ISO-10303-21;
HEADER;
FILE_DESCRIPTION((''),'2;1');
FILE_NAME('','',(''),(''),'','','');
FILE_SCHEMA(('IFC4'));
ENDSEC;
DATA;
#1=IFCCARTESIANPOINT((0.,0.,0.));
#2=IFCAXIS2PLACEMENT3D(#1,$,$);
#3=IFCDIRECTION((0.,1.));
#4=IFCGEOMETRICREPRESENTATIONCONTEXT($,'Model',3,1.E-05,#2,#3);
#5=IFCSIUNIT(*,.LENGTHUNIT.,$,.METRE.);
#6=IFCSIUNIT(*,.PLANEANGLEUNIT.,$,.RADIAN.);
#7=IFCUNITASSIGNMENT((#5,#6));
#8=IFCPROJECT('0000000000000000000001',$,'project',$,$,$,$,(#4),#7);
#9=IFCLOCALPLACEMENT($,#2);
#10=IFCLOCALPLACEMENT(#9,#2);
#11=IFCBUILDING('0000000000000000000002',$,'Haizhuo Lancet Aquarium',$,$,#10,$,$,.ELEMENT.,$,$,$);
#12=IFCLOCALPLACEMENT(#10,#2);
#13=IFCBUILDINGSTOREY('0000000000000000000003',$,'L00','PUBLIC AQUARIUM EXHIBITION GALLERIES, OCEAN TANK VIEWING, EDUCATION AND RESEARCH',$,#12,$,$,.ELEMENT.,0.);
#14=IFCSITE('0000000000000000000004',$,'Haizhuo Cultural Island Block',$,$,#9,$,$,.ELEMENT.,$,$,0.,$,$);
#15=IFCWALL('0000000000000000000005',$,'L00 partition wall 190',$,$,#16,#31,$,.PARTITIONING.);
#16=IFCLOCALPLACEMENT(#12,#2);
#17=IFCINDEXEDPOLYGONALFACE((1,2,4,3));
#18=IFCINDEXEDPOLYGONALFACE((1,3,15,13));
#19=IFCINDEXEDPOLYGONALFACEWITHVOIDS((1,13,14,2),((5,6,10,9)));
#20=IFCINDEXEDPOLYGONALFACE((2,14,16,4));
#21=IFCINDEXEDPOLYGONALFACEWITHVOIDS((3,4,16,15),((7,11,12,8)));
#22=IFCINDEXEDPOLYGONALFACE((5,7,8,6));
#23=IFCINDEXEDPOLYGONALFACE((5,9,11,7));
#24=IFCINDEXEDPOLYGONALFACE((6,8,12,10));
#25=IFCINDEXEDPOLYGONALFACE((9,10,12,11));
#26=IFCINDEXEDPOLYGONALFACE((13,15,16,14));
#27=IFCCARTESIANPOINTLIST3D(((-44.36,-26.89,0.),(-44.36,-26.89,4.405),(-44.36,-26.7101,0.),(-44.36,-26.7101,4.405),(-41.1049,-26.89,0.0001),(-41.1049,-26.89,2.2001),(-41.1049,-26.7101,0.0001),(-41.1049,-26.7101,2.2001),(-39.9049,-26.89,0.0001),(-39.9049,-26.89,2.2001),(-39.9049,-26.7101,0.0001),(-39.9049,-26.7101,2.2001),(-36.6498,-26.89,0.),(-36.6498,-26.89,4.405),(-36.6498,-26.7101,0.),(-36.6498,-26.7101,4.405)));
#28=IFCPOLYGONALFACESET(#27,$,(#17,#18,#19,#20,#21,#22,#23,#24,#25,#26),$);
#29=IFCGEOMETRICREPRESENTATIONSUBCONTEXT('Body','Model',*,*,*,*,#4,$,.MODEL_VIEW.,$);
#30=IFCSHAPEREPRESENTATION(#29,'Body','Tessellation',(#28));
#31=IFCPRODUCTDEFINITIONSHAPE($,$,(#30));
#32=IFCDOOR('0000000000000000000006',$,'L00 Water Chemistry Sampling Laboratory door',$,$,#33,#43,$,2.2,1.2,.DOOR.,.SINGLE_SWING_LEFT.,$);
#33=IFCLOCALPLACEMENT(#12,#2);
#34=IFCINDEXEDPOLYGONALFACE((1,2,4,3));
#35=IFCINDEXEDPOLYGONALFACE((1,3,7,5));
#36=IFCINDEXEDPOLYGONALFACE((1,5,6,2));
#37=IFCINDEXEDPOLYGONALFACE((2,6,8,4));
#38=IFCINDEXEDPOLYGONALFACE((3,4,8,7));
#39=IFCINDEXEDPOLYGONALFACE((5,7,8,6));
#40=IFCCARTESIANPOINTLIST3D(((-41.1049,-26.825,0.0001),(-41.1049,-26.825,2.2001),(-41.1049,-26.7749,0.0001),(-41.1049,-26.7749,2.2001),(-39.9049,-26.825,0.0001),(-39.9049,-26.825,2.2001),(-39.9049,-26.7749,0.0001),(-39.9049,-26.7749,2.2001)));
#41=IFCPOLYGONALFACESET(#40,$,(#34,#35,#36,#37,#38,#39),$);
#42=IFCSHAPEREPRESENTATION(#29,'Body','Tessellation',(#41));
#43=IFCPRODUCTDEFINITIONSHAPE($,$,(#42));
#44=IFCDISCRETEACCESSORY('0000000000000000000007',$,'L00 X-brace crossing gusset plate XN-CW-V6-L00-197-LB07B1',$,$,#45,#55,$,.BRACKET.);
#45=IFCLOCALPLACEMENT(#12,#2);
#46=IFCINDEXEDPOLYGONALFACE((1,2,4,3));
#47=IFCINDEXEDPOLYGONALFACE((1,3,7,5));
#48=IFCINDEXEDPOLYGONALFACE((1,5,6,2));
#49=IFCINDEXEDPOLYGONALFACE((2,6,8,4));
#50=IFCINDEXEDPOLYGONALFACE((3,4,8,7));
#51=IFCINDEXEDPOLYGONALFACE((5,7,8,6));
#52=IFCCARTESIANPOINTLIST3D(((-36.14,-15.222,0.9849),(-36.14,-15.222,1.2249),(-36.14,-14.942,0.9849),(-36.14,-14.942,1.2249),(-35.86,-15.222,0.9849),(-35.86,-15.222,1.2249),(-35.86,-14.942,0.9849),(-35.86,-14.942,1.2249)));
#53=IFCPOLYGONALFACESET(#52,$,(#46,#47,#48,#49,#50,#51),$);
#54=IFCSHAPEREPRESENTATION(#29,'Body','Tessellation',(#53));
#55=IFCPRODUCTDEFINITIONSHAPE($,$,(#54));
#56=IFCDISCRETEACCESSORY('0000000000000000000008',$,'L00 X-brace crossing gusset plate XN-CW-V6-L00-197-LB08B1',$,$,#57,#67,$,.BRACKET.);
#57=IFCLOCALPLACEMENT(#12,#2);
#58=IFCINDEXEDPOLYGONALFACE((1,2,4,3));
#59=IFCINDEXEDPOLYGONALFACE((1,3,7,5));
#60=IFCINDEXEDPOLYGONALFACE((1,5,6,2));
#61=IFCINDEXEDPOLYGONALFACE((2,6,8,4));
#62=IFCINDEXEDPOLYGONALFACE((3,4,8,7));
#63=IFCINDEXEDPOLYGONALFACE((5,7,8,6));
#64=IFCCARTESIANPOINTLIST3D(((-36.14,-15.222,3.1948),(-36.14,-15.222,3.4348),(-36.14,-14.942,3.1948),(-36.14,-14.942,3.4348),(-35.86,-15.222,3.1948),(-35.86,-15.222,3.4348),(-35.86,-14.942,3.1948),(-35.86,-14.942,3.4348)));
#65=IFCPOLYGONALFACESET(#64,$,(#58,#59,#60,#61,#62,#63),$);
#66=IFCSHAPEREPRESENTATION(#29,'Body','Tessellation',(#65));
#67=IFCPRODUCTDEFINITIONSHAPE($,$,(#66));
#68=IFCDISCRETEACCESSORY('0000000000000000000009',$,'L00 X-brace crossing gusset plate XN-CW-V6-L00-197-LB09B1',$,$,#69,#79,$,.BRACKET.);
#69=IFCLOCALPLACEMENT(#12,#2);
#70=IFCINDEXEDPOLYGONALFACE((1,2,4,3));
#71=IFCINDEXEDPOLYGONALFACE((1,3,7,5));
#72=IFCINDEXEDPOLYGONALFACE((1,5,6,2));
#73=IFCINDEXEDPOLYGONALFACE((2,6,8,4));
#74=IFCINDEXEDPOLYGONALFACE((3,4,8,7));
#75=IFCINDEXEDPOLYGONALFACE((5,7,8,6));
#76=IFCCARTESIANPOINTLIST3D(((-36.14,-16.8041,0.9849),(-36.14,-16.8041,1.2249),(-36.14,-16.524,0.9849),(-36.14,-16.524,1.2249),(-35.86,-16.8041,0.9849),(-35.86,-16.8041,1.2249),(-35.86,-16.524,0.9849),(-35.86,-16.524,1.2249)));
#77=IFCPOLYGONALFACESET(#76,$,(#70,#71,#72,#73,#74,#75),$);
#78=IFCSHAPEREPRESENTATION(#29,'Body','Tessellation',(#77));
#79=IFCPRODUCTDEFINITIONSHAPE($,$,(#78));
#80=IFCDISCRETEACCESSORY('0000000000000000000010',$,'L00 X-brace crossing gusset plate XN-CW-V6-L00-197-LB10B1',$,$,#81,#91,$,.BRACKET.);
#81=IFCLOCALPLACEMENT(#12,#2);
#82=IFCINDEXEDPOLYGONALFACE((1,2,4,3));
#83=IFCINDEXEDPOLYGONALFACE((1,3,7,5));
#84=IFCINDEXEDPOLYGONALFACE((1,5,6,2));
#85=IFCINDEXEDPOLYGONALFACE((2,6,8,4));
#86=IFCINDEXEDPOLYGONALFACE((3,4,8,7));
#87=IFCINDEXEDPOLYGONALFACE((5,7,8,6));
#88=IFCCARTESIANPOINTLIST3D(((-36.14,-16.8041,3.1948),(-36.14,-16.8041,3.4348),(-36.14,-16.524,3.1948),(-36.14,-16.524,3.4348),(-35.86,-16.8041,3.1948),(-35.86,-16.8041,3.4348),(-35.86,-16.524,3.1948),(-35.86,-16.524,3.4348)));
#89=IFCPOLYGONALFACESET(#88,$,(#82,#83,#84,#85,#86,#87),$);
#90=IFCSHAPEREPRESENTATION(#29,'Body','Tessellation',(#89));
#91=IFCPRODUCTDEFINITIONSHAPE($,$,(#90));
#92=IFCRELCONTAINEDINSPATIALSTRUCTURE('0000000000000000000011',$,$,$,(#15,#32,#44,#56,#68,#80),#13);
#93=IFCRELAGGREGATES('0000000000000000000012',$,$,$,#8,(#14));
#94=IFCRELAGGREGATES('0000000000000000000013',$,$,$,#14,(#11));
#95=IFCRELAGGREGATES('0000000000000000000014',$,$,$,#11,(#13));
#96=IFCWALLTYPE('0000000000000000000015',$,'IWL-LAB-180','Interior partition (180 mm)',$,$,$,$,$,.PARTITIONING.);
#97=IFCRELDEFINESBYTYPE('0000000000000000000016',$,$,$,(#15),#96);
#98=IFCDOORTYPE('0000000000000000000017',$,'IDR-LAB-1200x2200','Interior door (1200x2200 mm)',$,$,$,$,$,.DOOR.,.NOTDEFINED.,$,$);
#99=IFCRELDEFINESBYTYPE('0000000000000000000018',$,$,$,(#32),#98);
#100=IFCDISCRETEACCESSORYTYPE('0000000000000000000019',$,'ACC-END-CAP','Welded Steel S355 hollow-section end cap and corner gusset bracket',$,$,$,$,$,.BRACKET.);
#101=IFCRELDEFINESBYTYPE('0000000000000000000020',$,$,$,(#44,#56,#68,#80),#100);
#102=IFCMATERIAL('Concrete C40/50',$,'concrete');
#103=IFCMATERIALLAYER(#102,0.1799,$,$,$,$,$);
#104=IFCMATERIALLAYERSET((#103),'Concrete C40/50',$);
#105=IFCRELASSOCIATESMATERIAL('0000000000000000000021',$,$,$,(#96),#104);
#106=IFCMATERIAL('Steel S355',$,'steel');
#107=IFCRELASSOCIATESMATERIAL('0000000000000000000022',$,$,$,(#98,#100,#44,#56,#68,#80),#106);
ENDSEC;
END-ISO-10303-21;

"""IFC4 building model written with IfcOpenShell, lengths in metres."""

from ifc_helpers import new_model, si_unit, direction, frame, frame_2d, origin, origin_2d, place, context, subcontext, project, spatial, rectangle, extrude, material, layer, layer_set, type_object, element, fill, save


model = new_model("IFC4")

# Units and contexts
model_context = context("Model", 3, precision=1e-05, world=origin(), true_north=direction((0.0, 1.0)))
body_context = subcontext(model_context, "Body", "Model", "MODEL_VIEW")
ifc_project = project(units=[si_unit("LENGTHUNIT", "METRE"), si_unit("PLANEANGLEUNIT", "RADIAN")], contexts=[model_context])

# Site, building, storey
site_placement = place(None, origin())
site = spatial("IfcSite", under=ifc_project, at=site_placement, Name="Haizhuo Cultural Island Block", CompositionType="ELEMENT", RefElevation=0.0)
building_placement = place(site_placement, origin())
building = spatial("IfcBuilding", under=site, at=building_placement, Name="Haizhuo Lancet Aquarium", CompositionType="ELEMENT")
storey_placement = place(building_placement, origin())
storey = spatial("IfcBuildingStorey", under=building, at=storey_placement, Name="L00", Description="PUBLIC AQUARIUM EXHIBITION GALLERIES, OCEAN TANK VIEWING, EDUCATION AND RESEARCH", CompositionType="ELEMENT", Elevation=0.0)

# Shared definitions
ifc_material_1 = material(Name="Steel S355", Category="steel")

# Wall, opening, door
ifc_material_2 = material(Name="Concrete C40/50", Category="concrete")
ifc_layer_1 = layer(ifc_material_2, 0.1799)
ifc_layer_set_1 = layer_set([ifc_layer_1], Name="Concrete C40/50")
wall_type_1 = type_object("IfcWallType", Name="IWL-LAB-180", Description="Interior partition (180 mm)", PredefinedType="PARTITIONING", material=ifc_layer_set_1)
wall_1_placement = place(storey_placement, frame((-36.6499, -26.8, 0.0), z_axis=(0.0, 0.0, 1.0), x_axis=(-1.0, 0.0, 0.0)))
wall_1 = element("IfcWall", 1, at=wall_1_placement, inside=storey, type_object=wall_type_1, Name="L00 partition wall 190", PredefinedType="PARTITIONING", context=body_context, shape_type="SweptSolid", body=[
    extrude(rectangle(XDim=7.7102, YDim=0.1799, at=frame_2d((3.855, 0.0))), origin(), (0.0, 0.0, 1.0), 4.405),
])
opening_1_placement = place(wall_1_placement, frame((3.2549, 0.0, 0.0)))
opening_1 = element("IfcOpeningElement", 2, at=opening_1_placement, cuts=wall_1, PredefinedType="OPENING", context=body_context, shape_type="SweptSolid", body=[
    extrude(rectangle(XDim=1.2, YDim=2.2, at=frame_2d((0.6001, 1.1001))), frame((0.0, 0.0999, 0.0), z_axis=(0.0, -1.0, 0.0), x_axis=(1.0, 0.0, 0.0)), (0.0, 0.0, 1.0), 0.1999),
])
door_type_1 = type_object("IfcDoorType", Name="IDR-LAB-1200x2200", Description="Interior door (1200x2200 mm)", OperationType="NOTDEFINED", PredefinedType="DOOR", material=ifc_material_1)
door_1_placement = place(opening_1_placement, origin())
door_1 = element("IfcDoor", 3, at=door_1_placement, inside=storey, type_object=door_type_1, Name="L00 Water Chemistry Sampling Laboratory door", OperationType="SINGLE_SWING_LEFT", OverallHeight=2.2, OverallWidth=1.2, PredefinedType="DOOR", context=body_context, shape_type="SweptSolid", body=[
    extrude(rectangle(XDim=1.2, YDim=2.2, at=frame_2d((0.6001, 1.1001))), frame((0.0, 0.0249, 0.0), z_axis=(0.0, -1.0, 0.0), x_axis=(1.0, 0.0, 0.0)), (0.0, 0.0, 1.0), 0.05),
])
fill(opening_1, door_1)

# Discrete accessories
discrete_accessory_type = type_object("IfcDiscreteAccessoryType", Name="ACC-END-CAP", Description="Welded Steel S355 hollow-section end cap and corner gusset bracket", PredefinedType="BRACKET", material=ifc_material_1)
for number, where, z_axis, x_axis, name in (
    (4, (-36.0, -15.082, 0.9849), (0.0, 0.0, 1.0), (1.0, 0.0, 0.0), "L00 X-brace crossing gusset plate XN-CW-V6-L00-197-LB07B1"),
    (5, (-36.0, -15.082, 3.1948), (0.0, 0.0, 1.0), (1.0, 0.0, 0.0), "L00 X-brace crossing gusset plate XN-CW-V6-L00-197-LB08B1"),
    (6, (-36.0, -16.6641, 0.9849), (0.0, 0.0, 1.0), (1.0, 0.0, 0.0), "L00 X-brace crossing gusset plate XN-CW-V6-L00-197-LB09B1"),
    (7, (-36.0, -16.6641, 3.1948), (0.0, 0.0, 1.0), (1.0, 0.0, 0.0), "L00 X-brace crossing gusset plate XN-CW-V6-L00-197-LB10B1"),
):
    element("IfcDiscreteAccessory", number, at=place(storey_placement, frame(where, z_axis=z_axis, x_axis=x_axis)), inside=storey, type_object=discrete_accessory_type, material=ifc_material_1, Name=name, PredefinedType="BRACKET", context=body_context, shape_type="SweptSolid", body=[
        extrude(rectangle(XDim=0.28, YDim=0.28, at=origin_2d()), origin(), (0.0, 0.0, 1.0), 0.24),
    ])

save(model, "model.ifc")
